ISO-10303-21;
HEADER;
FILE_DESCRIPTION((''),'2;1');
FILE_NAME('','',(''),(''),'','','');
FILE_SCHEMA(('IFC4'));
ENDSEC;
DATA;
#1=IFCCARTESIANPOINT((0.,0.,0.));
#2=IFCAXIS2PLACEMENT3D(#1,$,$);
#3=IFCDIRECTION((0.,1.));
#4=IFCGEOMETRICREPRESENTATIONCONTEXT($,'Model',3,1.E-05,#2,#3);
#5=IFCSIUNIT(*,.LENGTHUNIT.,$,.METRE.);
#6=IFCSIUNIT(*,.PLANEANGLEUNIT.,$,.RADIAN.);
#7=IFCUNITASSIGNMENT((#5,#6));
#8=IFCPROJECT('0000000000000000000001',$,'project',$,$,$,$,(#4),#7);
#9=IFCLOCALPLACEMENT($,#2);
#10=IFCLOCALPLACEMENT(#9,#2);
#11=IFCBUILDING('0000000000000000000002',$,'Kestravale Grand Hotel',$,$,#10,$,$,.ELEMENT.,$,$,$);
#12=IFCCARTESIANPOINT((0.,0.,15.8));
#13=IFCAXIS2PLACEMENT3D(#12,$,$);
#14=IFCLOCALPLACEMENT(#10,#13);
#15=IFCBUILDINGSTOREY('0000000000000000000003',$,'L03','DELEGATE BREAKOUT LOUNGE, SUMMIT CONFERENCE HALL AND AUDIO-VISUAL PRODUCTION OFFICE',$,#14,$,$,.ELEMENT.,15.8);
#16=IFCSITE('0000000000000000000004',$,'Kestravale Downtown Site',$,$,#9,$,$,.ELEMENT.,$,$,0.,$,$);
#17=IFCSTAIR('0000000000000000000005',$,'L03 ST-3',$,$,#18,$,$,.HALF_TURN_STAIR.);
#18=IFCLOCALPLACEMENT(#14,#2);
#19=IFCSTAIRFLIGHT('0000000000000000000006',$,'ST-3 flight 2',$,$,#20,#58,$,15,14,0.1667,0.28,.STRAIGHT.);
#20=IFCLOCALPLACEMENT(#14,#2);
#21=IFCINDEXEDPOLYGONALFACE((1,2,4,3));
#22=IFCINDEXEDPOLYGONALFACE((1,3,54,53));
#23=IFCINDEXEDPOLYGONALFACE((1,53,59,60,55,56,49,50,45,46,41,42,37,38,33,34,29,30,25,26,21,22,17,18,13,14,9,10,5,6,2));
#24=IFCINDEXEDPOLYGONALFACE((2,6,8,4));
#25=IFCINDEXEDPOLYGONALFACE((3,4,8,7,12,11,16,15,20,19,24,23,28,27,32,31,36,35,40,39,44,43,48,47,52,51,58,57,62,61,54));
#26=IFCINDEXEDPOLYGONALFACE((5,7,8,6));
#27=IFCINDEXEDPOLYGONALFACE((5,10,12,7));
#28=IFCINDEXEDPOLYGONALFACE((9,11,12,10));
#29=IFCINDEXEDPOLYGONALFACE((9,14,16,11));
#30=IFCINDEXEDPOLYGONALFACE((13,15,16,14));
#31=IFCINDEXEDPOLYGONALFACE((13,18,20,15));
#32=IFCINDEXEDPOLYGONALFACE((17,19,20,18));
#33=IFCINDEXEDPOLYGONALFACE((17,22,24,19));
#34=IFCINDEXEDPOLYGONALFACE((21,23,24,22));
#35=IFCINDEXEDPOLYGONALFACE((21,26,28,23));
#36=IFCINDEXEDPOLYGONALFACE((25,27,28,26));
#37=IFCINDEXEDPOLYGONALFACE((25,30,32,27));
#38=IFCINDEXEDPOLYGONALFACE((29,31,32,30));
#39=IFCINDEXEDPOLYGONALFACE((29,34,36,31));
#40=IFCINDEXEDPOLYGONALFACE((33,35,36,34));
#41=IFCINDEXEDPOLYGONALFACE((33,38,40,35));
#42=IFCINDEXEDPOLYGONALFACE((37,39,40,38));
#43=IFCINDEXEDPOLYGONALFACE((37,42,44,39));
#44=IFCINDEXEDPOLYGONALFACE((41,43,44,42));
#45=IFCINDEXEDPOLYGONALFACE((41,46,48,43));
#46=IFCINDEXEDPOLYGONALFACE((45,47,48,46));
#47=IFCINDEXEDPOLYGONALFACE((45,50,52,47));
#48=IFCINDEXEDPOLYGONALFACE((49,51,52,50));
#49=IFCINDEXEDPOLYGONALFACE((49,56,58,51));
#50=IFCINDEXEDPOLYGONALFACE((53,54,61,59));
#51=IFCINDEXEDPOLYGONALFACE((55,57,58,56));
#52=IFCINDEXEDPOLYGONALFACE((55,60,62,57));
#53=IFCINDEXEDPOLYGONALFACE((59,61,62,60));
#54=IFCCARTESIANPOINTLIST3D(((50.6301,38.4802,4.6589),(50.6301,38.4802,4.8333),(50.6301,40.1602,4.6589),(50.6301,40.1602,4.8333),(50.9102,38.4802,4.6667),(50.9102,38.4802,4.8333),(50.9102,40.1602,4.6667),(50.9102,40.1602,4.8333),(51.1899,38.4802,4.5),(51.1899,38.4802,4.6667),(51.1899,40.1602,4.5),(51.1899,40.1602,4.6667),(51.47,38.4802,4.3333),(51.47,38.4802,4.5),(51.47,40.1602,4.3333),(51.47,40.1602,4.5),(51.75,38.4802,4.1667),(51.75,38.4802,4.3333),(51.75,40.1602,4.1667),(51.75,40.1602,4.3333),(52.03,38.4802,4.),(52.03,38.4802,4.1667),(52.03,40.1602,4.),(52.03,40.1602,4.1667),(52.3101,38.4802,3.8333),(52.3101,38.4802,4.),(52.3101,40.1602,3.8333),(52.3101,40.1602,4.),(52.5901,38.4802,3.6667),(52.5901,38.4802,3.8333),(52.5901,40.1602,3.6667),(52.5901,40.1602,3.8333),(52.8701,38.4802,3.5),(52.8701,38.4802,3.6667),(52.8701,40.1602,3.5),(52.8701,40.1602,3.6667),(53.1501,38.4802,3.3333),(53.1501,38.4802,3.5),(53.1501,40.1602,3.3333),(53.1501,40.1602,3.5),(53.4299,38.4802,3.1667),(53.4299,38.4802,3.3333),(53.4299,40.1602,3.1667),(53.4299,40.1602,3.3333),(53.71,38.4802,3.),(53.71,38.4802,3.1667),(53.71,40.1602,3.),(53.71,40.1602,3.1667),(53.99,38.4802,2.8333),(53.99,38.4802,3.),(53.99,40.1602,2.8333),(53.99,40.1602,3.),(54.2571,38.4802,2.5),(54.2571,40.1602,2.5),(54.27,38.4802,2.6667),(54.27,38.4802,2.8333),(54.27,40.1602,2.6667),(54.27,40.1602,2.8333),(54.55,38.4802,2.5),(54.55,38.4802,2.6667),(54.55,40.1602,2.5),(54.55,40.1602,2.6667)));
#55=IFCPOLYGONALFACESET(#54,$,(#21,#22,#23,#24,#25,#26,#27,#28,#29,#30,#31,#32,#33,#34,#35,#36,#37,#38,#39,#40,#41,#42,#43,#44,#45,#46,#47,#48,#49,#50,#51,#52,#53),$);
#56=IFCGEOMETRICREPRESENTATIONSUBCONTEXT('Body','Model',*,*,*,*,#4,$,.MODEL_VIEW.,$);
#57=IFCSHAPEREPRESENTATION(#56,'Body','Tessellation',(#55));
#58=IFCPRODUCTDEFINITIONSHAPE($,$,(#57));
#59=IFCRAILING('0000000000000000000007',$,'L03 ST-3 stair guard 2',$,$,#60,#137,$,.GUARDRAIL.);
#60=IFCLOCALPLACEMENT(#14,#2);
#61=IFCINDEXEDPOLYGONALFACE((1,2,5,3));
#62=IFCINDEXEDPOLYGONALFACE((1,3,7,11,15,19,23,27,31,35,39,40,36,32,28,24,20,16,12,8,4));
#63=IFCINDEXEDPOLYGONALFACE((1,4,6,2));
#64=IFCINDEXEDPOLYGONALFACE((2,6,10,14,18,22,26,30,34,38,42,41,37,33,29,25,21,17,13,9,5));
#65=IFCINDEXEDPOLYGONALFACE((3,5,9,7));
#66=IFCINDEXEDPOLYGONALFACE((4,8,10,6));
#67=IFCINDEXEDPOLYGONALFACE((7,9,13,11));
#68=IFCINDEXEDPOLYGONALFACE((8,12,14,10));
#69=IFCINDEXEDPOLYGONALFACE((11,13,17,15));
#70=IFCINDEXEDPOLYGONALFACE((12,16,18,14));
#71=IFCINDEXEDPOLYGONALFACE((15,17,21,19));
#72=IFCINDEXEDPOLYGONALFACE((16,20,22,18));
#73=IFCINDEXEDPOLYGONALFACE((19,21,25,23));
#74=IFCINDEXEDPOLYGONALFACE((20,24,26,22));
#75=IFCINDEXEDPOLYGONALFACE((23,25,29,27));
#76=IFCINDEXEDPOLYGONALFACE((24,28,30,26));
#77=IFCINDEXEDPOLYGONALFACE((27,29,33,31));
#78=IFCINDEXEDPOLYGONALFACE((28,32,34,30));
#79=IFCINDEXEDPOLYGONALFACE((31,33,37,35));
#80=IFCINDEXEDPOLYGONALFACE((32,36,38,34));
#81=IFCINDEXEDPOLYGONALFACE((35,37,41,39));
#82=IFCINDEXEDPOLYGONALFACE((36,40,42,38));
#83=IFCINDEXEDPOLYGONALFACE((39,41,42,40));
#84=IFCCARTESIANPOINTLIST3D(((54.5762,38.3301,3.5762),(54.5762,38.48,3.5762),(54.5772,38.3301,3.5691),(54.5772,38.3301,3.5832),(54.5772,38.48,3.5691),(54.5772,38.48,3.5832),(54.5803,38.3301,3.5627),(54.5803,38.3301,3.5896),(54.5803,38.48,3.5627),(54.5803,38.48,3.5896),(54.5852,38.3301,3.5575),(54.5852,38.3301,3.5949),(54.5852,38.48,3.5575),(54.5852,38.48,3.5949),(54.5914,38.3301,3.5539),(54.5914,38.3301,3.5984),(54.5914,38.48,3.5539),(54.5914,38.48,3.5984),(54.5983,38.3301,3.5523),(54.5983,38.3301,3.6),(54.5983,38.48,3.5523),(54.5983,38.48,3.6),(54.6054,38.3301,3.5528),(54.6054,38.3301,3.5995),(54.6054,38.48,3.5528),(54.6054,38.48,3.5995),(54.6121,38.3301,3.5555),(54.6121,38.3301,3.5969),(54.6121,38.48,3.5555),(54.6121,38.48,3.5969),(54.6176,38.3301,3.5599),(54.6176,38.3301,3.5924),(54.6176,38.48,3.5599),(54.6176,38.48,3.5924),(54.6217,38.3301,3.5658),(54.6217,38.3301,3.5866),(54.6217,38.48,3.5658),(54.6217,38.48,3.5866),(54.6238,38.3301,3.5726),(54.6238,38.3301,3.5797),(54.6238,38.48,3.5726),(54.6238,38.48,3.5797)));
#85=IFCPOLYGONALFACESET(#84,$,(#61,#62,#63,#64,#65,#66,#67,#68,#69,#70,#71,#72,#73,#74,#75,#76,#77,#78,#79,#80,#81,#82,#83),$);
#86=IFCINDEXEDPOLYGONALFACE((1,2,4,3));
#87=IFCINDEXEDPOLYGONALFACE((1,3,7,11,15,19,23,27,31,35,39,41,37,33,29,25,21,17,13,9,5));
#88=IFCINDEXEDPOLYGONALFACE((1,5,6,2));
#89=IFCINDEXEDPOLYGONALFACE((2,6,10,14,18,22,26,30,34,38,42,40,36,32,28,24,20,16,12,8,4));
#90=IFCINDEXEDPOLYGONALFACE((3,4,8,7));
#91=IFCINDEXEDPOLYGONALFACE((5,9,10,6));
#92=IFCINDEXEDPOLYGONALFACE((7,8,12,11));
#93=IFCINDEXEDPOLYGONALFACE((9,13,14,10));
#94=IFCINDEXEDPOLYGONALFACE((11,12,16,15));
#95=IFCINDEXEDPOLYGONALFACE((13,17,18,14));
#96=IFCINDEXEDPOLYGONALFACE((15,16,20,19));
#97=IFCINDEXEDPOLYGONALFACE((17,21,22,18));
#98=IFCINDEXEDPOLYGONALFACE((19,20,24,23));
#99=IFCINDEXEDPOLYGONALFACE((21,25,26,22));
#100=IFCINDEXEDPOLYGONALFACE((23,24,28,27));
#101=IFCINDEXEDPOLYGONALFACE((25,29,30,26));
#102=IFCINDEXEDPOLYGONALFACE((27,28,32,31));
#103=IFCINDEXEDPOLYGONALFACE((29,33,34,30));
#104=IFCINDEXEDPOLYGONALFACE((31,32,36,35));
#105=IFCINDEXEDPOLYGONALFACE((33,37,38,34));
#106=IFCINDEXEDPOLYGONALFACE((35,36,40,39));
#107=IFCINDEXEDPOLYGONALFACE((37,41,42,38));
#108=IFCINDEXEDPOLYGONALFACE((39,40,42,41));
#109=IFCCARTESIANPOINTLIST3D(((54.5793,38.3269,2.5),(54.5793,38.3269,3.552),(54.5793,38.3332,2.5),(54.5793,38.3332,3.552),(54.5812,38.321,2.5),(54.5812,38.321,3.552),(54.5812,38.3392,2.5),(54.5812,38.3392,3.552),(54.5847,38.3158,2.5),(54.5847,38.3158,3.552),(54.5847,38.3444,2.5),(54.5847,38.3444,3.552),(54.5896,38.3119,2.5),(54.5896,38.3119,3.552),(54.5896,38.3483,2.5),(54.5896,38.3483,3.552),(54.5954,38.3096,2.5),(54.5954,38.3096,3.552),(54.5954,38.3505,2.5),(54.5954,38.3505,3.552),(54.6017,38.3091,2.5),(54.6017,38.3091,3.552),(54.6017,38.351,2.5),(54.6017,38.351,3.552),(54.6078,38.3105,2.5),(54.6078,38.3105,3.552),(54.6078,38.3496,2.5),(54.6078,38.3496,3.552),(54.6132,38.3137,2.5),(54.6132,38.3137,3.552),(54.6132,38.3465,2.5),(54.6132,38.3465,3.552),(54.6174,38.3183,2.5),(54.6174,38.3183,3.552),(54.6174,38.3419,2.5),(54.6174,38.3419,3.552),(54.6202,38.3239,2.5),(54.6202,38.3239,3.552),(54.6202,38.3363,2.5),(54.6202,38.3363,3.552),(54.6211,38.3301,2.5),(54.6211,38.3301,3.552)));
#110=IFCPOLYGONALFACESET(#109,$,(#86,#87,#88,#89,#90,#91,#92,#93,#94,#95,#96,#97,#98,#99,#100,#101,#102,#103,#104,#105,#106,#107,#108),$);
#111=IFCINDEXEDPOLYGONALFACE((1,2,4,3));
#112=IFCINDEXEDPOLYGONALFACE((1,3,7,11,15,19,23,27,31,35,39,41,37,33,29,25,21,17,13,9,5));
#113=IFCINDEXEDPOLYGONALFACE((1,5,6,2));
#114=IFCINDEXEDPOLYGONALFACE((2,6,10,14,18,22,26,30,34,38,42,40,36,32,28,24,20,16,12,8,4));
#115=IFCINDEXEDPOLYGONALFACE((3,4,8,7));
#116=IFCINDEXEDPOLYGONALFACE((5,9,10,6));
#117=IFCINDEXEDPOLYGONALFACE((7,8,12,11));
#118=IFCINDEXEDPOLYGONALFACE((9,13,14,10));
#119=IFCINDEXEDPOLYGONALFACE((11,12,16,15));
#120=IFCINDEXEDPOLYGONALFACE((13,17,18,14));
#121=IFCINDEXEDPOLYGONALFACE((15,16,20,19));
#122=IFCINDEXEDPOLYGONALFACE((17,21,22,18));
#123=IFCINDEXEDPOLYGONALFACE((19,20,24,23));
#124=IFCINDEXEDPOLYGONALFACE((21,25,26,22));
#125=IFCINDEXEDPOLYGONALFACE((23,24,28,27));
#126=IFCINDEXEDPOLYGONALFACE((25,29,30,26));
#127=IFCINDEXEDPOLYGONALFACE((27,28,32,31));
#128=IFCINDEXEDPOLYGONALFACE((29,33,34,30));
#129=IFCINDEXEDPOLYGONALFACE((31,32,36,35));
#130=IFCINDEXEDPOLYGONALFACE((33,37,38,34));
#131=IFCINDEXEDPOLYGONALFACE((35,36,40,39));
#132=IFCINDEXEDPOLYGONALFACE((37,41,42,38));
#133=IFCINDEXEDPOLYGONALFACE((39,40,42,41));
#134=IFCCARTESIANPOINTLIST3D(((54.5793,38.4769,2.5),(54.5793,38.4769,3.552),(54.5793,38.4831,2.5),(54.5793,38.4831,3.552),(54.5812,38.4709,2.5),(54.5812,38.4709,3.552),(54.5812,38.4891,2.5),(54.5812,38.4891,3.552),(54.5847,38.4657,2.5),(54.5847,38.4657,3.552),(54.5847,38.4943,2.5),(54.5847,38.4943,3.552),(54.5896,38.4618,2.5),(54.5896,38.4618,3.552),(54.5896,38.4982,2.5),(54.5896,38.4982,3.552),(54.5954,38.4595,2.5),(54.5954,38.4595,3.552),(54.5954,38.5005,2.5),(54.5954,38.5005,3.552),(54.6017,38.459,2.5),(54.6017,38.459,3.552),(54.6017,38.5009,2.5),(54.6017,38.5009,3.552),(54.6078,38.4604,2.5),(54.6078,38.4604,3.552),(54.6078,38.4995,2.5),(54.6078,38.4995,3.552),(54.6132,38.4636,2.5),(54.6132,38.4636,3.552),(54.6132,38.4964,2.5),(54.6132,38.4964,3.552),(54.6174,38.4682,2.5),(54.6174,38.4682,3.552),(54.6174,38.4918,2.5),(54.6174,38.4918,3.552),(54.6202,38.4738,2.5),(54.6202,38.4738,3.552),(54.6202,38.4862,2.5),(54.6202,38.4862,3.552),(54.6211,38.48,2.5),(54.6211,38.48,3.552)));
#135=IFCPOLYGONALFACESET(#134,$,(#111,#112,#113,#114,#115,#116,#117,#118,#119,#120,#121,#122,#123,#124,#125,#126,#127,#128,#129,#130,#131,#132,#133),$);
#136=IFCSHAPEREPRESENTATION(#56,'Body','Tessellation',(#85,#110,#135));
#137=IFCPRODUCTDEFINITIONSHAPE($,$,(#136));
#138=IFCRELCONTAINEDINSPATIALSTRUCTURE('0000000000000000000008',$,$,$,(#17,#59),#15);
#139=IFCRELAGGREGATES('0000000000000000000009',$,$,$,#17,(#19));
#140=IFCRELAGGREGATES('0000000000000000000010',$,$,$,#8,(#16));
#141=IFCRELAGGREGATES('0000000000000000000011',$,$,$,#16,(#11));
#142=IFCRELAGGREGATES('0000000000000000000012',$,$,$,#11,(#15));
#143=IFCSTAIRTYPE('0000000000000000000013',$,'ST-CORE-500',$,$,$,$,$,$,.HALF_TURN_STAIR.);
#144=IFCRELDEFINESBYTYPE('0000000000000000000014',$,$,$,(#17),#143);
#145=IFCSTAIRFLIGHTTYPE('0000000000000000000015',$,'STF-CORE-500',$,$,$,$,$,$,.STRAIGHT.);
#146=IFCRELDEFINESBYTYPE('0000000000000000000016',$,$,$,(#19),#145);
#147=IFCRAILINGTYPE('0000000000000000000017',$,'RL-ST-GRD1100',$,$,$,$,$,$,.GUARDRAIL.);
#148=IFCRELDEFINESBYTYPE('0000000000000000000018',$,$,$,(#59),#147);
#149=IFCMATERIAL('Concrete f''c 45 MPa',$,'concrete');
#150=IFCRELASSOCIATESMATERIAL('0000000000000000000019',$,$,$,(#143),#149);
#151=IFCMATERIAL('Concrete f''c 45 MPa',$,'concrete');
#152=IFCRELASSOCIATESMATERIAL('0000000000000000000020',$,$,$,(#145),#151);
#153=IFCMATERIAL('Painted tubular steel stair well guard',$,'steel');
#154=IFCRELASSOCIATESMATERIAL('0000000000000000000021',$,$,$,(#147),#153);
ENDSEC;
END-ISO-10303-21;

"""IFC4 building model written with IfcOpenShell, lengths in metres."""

from ifc_helpers import new_model, si_unit, direction, frame, origin, origin_2d, place, context, subcontext, project, spatial, polyline, circle, outline, extrude, material, type_object, element, aggregate, save


model = new_model("IFC4")

# Units and contexts
model_context = context("Model", 3, precision=1e-05, world=origin(), true_north=direction((0.0, 1.0)))
body_context = subcontext(model_context, "Body", "Model", "MODEL_VIEW")
ifc_project = project(units=[si_unit("LENGTHUNIT", "METRE"), si_unit("PLANEANGLEUNIT", "RADIAN")], contexts=[model_context])

# Site, building, storey
site_placement = place(None, origin())
site = spatial("IfcSite", under=ifc_project, at=site_placement, Name="Kestravale Downtown Site", CompositionType="ELEMENT", RefElevation=0.0)
building_placement = place(site_placement, origin())
building = spatial("IfcBuilding", under=site, at=building_placement, Name="Kestravale Grand Hotel", CompositionType="ELEMENT")
storey_placement = place(building_placement, frame((0.0, 0.0, 15.8)))
storey = spatial("IfcBuildingStorey", under=building, at=storey_placement, Name="L03", Description="DELEGATE BREAKOUT LOUNGE, SUMMIT CONFERENCE HALL AND AUDIO-VISUAL PRODUCTION OFFICE", CompositionType="ELEMENT", Elevation=15.8)

# Stair, stair flight
ifc_material_1 = material(Name="Concrete f'c 45 MPa", Category="concrete")
stair_type = type_object("IfcStairType", Name="ST-CORE-500", PredefinedType="HALF_TURN_STAIR", material=ifc_material_1)
stair_placement = place(storey_placement, origin())
stair = element("IfcStair", 1, at=stair_placement, inside=storey, type_object=stair_type, Name="L03 ST-3", PredefinedType="HALF_TURN_STAIR")
ifc_material_2 = material(Name="Concrete f'c 45 MPa", Category="concrete")
stair_flight_type = type_object("IfcStairFlightType", Name="STF-CORE-500", PredefinedType="STRAIGHT", material=ifc_material_2)
stair_flight_placement = place(storey_placement, frame((54.55, 39.3201, 2.5), z_axis=(0.0, 0.0, 1.0), x_axis=(-1.0, 0.0, 0.0)))
stair_flight = element("IfcStairFlight", 2, at=stair_flight_placement, type_object=stair_flight_type, Name="ST-3 flight 2", NumberOfRisers=15, NumberOfTreads=14, PredefinedType="STRAIGHT", RiserHeight=0.1667, TreadLength=0.28, context=body_context, shape_type="SweptSolid", body=[
    extrude(outline(polyline([(0.0, 0.0), (0.0, 0.1667), (0.28, 0.1667), (0.28, 0.3333), (0.5601, 0.3333), (0.5601, 0.5), (0.8401, 0.5), (0.8401, 0.6667), (1.1201, 0.6667), (1.1201, 0.8333), (1.3999, 0.8333), (1.3999, 1.0), (1.6799, 1.0), (1.6799, 1.1667), (1.96, 1.1667), (1.96, 1.3333), (2.24, 1.3333), (2.24, 1.5), (2.52, 1.5), (2.52, 1.6667), (2.8, 1.6667), (2.8, 1.8333), (3.0801, 1.8333), (3.0801, 2.0), (3.3601, 2.0), (3.3601, 2.1667), (3.6399, 2.1667), (3.6399, 2.3333), (3.9199, 2.3333), (3.9199, 2.5), (3.9199, 2.1589), (0.293, 0.0), (0.0, 0.0)])), frame((0.0, 0.8398, 0.0), z_axis=(0.0, -1.0, 0.0), x_axis=(1.0, 0.0, 0.0)), (0.0, 0.0, 1.0), 1.6799),
])
aggregate(stair, [stair_flight])

# Railing
ifc_material_3 = material(Name="Painted tubular steel stair well guard", Category="steel")
railing_type_1 = type_object("IfcRailingType", Name="RL-ST-GRD1100", PredefinedType="GUARDRAIL", material=ifc_material_3)
railing_1_placement = place(storey_placement, frame((54.6001, 38.3301, 2.5)))
element("IfcRailing", 3, at=railing_1_placement, inside=storey, type_object=railing_type_1, Name="L03 ST-3 stair guard 2", PredefinedType="GUARDRAIL", context=body_context, shape_type="SweptSolid", body=[
    extrude(circle(Radius=0.0239, at=origin_2d()), frame((0.0, 0.0, 1.0762), z_axis=(0.0, 1.0, 0.0), x_axis=(-1.0, 0.0, 0.0)), (0.0, 0.0, 1.0), 0.1499),
    extrude(circle(Radius=0.021, at=origin_2d()), origin(), (0.0, 0.0, 1.0), 1.052),
    extrude(circle(Radius=0.021, at=origin_2d()), frame((0.0, 0.1499, 0.0)), (0.0, 0.0, 1.0), 1.052),
])

save(model, "model.ifc")
